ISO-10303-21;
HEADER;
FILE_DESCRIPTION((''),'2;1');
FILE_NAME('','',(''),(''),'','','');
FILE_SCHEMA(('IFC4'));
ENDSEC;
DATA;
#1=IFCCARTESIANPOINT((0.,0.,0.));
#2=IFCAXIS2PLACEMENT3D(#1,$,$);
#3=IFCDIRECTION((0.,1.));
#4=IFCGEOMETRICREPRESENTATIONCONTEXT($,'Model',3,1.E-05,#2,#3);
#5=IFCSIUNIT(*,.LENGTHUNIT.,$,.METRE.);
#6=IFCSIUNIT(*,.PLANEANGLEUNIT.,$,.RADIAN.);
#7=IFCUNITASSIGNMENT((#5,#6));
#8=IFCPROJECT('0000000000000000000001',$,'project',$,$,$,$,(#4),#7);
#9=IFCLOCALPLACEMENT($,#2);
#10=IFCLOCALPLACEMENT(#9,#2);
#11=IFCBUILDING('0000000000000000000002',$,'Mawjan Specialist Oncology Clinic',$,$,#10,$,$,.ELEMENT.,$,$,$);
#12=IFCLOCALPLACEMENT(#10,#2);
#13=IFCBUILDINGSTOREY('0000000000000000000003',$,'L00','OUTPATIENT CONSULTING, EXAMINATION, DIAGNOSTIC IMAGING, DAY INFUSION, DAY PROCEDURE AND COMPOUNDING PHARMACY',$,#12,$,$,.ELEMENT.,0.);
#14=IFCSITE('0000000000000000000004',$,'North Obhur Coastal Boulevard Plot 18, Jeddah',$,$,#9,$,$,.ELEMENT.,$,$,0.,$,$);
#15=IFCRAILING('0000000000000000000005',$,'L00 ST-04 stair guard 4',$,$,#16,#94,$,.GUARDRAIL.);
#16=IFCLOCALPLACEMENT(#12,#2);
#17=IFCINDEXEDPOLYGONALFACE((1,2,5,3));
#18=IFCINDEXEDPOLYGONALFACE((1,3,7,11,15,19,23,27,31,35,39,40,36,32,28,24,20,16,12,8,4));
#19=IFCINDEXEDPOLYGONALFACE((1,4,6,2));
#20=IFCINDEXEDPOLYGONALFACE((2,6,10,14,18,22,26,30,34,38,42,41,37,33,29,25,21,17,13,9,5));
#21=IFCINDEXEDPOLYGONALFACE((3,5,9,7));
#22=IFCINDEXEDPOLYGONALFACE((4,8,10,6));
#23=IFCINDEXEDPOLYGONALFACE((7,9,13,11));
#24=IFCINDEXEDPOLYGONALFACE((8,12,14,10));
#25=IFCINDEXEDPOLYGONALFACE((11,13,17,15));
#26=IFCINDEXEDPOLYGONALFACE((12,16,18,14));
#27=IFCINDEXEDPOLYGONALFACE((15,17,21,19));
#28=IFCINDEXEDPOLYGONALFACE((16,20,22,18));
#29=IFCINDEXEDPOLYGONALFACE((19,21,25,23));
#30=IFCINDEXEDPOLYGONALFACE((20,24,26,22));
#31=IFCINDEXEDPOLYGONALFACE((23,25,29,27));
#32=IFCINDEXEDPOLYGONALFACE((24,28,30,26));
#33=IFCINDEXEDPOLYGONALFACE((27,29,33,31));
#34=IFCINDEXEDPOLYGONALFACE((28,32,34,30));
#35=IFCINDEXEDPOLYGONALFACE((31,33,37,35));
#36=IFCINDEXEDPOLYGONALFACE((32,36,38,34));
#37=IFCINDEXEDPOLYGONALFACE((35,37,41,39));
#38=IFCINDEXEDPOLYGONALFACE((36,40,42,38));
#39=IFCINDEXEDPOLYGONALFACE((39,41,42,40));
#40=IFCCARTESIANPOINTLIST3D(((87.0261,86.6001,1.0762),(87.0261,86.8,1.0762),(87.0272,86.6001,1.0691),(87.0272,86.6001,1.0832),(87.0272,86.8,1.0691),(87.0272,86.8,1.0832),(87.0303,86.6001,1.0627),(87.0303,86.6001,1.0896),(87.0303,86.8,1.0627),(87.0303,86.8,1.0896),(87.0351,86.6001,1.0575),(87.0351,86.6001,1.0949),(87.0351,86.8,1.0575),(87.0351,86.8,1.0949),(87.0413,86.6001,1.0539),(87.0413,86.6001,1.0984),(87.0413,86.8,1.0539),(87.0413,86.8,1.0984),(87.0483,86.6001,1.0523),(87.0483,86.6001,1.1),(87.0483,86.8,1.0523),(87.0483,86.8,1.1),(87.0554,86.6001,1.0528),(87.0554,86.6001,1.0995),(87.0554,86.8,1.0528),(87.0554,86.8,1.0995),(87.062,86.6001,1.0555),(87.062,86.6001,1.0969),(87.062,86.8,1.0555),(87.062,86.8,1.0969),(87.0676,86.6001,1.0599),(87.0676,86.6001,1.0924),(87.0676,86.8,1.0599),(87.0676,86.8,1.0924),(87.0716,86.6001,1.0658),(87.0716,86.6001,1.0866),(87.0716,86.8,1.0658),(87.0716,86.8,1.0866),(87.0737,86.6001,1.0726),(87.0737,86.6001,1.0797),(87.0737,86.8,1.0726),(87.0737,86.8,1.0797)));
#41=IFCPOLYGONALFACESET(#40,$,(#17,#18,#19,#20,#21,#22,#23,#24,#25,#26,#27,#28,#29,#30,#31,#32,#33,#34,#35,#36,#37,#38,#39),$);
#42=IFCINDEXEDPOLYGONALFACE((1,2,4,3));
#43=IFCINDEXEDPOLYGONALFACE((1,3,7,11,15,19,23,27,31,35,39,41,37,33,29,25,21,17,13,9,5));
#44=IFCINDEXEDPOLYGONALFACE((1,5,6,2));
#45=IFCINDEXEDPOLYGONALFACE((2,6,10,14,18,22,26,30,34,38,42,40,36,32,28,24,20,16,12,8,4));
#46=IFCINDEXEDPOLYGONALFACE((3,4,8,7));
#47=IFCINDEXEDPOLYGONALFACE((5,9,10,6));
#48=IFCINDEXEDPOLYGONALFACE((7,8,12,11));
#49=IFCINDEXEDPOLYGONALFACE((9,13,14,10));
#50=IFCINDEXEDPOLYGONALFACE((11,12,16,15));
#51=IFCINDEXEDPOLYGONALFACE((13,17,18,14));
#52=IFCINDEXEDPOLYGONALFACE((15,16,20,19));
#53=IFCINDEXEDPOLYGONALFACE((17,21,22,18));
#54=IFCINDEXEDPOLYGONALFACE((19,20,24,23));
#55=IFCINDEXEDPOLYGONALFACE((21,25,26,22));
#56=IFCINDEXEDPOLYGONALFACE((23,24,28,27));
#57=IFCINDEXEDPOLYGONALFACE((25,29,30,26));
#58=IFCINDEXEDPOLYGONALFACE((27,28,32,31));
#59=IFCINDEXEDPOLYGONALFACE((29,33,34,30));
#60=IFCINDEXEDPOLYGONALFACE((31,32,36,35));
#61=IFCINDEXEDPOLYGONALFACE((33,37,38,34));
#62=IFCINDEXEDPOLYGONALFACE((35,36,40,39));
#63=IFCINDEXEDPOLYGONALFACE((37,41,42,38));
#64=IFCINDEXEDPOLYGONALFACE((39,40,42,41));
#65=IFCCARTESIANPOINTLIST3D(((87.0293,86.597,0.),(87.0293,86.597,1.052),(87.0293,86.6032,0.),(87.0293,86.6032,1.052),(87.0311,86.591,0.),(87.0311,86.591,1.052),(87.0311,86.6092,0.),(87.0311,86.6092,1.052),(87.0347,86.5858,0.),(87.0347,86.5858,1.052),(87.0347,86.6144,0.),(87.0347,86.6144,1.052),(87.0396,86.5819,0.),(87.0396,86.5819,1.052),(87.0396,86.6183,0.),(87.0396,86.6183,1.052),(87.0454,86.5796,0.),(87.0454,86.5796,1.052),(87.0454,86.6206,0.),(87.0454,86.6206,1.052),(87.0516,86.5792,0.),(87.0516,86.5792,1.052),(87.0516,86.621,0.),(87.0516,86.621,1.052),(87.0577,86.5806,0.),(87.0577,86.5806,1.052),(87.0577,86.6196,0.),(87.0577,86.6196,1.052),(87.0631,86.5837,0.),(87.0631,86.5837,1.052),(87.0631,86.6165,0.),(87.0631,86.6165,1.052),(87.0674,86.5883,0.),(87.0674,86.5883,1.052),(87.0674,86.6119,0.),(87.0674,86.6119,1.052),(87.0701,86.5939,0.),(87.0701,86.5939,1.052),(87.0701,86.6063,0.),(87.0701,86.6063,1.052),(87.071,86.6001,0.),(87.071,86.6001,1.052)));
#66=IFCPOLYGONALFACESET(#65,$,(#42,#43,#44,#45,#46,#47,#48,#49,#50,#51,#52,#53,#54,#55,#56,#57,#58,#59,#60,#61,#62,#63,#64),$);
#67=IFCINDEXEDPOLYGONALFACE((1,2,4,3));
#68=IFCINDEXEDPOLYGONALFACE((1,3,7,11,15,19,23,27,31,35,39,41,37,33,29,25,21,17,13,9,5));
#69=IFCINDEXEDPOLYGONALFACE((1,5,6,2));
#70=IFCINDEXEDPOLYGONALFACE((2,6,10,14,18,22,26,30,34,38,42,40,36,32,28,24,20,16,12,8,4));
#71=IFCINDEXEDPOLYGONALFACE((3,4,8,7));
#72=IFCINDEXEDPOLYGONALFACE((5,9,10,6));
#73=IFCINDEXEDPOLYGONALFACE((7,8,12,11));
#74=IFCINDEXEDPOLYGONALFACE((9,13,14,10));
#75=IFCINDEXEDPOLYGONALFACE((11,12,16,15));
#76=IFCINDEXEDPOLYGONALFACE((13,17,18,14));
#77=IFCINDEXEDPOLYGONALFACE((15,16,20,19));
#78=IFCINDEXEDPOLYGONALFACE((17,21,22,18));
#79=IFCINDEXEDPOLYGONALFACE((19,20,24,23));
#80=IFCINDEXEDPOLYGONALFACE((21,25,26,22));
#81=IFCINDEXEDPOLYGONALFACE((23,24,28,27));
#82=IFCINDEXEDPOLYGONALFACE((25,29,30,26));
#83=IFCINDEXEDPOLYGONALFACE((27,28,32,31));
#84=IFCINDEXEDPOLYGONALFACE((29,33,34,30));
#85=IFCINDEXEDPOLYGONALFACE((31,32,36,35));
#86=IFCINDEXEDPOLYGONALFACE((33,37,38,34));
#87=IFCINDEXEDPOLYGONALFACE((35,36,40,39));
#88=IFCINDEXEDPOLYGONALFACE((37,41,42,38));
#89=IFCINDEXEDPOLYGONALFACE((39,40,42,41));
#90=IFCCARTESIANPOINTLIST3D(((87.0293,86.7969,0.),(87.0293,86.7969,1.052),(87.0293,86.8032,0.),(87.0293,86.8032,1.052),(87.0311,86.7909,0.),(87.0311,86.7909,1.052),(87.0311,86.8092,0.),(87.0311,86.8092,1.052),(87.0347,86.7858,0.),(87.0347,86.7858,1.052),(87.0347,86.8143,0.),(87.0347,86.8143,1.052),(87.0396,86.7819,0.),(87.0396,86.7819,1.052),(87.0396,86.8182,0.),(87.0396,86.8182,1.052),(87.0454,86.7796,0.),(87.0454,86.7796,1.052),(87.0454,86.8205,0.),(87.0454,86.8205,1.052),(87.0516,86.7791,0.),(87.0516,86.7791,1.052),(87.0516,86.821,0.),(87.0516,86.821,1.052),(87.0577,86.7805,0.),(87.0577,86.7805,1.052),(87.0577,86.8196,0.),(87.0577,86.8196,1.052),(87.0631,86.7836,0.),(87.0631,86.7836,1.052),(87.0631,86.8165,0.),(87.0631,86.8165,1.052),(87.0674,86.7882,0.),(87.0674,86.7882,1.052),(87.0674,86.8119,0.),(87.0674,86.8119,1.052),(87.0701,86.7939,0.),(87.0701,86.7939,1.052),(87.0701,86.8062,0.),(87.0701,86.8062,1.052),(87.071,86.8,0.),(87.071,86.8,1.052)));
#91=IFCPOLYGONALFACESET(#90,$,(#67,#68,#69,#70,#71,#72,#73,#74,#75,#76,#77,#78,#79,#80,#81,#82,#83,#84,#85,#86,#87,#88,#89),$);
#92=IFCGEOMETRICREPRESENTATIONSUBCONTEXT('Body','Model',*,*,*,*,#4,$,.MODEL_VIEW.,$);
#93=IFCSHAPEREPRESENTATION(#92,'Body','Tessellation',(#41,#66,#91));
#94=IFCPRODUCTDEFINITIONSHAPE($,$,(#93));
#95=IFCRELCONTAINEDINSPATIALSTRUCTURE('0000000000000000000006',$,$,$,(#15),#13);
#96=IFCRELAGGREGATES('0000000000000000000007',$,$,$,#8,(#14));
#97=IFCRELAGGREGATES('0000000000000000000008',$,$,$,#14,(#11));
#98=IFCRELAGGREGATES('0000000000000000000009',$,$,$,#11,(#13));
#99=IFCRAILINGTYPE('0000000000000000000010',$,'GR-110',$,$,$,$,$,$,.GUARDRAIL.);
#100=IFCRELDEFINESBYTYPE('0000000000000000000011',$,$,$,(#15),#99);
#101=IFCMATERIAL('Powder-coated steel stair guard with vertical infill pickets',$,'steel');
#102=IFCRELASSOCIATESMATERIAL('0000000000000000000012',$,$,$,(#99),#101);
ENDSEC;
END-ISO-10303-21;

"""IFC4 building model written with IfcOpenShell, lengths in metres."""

from ifc_helpers import new_model, si_unit, direction, frame, origin, origin_2d, place, context, subcontext, project, spatial, circle, extrude, material, type_object, element, save


model = new_model("IFC4")

# Units and contexts
model_context = context("Model", 3, precision=1e-05, world=origin(), true_north=direction((0.0, 1.0)))
body_context = subcontext(model_context, "Body", "Model", "MODEL_VIEW")
ifc_project = project(units=[si_unit("LENGTHUNIT", "METRE"), si_unit("PLANEANGLEUNIT", "RADIAN")], contexts=[model_context])

# Site, building, storey
site_placement = place(None, origin())
site = spatial("IfcSite", under=ifc_project, at=site_placement, Name="North Obhur Coastal Boulevard Plot 18, Jeddah", CompositionType="ELEMENT", RefElevation=0.0)
building_placement = place(site_placement, origin())
building = spatial("IfcBuilding", under=site, at=building_placement, Name="Mawjan Specialist Oncology Clinic", CompositionType="ELEMENT")
storey_placement = place(building_placement, origin())
storey = spatial("IfcBuildingStorey", under=building, at=storey_placement, Name="L00", Description="OUTPATIENT CONSULTING, EXAMINATION, DIAGNOSTIC IMAGING, DAY INFUSION, DAY PROCEDURE AND COMPOUNDING PHARMACY", CompositionType="ELEMENT", Elevation=0.0)

# Railing
ifc_material_1 = material(Name="Powder-coated steel stair guard with vertical infill pickets", Category="steel")
railing_type_1 = type_object("IfcRailingType", Name="GR-110", PredefinedType="GUARDRAIL", material=ifc_material_1)
railing_1_placement = place(storey_placement, frame((87.05, 86.6001, 0.0)))
element("IfcRailing", 1, at=railing_1_placement, inside=storey, type_object=railing_type_1, Name="L00 ST-04 stair guard 4", PredefinedType="GUARDRAIL", context=body_context, shape_type="SweptSolid", body=[
    extrude(circle(Radius=0.0239, at=origin_2d()), frame((0.0, 0.0, 1.0762), z_axis=(0.0, 1.0, 0.0), x_axis=(-1.0, 0.0, 0.0)), (0.0, 0.0, 1.0), 0.2),
    extrude(circle(Radius=0.021, at=origin_2d()), origin(), (0.0, 0.0, 1.0), 1.052),
    extrude(circle(Radius=0.021, at=origin_2d()), frame((0.0, 0.2, 0.0)), (0.0, 0.0, 1.0), 1.052),
])

save(model, "model.ifc")
